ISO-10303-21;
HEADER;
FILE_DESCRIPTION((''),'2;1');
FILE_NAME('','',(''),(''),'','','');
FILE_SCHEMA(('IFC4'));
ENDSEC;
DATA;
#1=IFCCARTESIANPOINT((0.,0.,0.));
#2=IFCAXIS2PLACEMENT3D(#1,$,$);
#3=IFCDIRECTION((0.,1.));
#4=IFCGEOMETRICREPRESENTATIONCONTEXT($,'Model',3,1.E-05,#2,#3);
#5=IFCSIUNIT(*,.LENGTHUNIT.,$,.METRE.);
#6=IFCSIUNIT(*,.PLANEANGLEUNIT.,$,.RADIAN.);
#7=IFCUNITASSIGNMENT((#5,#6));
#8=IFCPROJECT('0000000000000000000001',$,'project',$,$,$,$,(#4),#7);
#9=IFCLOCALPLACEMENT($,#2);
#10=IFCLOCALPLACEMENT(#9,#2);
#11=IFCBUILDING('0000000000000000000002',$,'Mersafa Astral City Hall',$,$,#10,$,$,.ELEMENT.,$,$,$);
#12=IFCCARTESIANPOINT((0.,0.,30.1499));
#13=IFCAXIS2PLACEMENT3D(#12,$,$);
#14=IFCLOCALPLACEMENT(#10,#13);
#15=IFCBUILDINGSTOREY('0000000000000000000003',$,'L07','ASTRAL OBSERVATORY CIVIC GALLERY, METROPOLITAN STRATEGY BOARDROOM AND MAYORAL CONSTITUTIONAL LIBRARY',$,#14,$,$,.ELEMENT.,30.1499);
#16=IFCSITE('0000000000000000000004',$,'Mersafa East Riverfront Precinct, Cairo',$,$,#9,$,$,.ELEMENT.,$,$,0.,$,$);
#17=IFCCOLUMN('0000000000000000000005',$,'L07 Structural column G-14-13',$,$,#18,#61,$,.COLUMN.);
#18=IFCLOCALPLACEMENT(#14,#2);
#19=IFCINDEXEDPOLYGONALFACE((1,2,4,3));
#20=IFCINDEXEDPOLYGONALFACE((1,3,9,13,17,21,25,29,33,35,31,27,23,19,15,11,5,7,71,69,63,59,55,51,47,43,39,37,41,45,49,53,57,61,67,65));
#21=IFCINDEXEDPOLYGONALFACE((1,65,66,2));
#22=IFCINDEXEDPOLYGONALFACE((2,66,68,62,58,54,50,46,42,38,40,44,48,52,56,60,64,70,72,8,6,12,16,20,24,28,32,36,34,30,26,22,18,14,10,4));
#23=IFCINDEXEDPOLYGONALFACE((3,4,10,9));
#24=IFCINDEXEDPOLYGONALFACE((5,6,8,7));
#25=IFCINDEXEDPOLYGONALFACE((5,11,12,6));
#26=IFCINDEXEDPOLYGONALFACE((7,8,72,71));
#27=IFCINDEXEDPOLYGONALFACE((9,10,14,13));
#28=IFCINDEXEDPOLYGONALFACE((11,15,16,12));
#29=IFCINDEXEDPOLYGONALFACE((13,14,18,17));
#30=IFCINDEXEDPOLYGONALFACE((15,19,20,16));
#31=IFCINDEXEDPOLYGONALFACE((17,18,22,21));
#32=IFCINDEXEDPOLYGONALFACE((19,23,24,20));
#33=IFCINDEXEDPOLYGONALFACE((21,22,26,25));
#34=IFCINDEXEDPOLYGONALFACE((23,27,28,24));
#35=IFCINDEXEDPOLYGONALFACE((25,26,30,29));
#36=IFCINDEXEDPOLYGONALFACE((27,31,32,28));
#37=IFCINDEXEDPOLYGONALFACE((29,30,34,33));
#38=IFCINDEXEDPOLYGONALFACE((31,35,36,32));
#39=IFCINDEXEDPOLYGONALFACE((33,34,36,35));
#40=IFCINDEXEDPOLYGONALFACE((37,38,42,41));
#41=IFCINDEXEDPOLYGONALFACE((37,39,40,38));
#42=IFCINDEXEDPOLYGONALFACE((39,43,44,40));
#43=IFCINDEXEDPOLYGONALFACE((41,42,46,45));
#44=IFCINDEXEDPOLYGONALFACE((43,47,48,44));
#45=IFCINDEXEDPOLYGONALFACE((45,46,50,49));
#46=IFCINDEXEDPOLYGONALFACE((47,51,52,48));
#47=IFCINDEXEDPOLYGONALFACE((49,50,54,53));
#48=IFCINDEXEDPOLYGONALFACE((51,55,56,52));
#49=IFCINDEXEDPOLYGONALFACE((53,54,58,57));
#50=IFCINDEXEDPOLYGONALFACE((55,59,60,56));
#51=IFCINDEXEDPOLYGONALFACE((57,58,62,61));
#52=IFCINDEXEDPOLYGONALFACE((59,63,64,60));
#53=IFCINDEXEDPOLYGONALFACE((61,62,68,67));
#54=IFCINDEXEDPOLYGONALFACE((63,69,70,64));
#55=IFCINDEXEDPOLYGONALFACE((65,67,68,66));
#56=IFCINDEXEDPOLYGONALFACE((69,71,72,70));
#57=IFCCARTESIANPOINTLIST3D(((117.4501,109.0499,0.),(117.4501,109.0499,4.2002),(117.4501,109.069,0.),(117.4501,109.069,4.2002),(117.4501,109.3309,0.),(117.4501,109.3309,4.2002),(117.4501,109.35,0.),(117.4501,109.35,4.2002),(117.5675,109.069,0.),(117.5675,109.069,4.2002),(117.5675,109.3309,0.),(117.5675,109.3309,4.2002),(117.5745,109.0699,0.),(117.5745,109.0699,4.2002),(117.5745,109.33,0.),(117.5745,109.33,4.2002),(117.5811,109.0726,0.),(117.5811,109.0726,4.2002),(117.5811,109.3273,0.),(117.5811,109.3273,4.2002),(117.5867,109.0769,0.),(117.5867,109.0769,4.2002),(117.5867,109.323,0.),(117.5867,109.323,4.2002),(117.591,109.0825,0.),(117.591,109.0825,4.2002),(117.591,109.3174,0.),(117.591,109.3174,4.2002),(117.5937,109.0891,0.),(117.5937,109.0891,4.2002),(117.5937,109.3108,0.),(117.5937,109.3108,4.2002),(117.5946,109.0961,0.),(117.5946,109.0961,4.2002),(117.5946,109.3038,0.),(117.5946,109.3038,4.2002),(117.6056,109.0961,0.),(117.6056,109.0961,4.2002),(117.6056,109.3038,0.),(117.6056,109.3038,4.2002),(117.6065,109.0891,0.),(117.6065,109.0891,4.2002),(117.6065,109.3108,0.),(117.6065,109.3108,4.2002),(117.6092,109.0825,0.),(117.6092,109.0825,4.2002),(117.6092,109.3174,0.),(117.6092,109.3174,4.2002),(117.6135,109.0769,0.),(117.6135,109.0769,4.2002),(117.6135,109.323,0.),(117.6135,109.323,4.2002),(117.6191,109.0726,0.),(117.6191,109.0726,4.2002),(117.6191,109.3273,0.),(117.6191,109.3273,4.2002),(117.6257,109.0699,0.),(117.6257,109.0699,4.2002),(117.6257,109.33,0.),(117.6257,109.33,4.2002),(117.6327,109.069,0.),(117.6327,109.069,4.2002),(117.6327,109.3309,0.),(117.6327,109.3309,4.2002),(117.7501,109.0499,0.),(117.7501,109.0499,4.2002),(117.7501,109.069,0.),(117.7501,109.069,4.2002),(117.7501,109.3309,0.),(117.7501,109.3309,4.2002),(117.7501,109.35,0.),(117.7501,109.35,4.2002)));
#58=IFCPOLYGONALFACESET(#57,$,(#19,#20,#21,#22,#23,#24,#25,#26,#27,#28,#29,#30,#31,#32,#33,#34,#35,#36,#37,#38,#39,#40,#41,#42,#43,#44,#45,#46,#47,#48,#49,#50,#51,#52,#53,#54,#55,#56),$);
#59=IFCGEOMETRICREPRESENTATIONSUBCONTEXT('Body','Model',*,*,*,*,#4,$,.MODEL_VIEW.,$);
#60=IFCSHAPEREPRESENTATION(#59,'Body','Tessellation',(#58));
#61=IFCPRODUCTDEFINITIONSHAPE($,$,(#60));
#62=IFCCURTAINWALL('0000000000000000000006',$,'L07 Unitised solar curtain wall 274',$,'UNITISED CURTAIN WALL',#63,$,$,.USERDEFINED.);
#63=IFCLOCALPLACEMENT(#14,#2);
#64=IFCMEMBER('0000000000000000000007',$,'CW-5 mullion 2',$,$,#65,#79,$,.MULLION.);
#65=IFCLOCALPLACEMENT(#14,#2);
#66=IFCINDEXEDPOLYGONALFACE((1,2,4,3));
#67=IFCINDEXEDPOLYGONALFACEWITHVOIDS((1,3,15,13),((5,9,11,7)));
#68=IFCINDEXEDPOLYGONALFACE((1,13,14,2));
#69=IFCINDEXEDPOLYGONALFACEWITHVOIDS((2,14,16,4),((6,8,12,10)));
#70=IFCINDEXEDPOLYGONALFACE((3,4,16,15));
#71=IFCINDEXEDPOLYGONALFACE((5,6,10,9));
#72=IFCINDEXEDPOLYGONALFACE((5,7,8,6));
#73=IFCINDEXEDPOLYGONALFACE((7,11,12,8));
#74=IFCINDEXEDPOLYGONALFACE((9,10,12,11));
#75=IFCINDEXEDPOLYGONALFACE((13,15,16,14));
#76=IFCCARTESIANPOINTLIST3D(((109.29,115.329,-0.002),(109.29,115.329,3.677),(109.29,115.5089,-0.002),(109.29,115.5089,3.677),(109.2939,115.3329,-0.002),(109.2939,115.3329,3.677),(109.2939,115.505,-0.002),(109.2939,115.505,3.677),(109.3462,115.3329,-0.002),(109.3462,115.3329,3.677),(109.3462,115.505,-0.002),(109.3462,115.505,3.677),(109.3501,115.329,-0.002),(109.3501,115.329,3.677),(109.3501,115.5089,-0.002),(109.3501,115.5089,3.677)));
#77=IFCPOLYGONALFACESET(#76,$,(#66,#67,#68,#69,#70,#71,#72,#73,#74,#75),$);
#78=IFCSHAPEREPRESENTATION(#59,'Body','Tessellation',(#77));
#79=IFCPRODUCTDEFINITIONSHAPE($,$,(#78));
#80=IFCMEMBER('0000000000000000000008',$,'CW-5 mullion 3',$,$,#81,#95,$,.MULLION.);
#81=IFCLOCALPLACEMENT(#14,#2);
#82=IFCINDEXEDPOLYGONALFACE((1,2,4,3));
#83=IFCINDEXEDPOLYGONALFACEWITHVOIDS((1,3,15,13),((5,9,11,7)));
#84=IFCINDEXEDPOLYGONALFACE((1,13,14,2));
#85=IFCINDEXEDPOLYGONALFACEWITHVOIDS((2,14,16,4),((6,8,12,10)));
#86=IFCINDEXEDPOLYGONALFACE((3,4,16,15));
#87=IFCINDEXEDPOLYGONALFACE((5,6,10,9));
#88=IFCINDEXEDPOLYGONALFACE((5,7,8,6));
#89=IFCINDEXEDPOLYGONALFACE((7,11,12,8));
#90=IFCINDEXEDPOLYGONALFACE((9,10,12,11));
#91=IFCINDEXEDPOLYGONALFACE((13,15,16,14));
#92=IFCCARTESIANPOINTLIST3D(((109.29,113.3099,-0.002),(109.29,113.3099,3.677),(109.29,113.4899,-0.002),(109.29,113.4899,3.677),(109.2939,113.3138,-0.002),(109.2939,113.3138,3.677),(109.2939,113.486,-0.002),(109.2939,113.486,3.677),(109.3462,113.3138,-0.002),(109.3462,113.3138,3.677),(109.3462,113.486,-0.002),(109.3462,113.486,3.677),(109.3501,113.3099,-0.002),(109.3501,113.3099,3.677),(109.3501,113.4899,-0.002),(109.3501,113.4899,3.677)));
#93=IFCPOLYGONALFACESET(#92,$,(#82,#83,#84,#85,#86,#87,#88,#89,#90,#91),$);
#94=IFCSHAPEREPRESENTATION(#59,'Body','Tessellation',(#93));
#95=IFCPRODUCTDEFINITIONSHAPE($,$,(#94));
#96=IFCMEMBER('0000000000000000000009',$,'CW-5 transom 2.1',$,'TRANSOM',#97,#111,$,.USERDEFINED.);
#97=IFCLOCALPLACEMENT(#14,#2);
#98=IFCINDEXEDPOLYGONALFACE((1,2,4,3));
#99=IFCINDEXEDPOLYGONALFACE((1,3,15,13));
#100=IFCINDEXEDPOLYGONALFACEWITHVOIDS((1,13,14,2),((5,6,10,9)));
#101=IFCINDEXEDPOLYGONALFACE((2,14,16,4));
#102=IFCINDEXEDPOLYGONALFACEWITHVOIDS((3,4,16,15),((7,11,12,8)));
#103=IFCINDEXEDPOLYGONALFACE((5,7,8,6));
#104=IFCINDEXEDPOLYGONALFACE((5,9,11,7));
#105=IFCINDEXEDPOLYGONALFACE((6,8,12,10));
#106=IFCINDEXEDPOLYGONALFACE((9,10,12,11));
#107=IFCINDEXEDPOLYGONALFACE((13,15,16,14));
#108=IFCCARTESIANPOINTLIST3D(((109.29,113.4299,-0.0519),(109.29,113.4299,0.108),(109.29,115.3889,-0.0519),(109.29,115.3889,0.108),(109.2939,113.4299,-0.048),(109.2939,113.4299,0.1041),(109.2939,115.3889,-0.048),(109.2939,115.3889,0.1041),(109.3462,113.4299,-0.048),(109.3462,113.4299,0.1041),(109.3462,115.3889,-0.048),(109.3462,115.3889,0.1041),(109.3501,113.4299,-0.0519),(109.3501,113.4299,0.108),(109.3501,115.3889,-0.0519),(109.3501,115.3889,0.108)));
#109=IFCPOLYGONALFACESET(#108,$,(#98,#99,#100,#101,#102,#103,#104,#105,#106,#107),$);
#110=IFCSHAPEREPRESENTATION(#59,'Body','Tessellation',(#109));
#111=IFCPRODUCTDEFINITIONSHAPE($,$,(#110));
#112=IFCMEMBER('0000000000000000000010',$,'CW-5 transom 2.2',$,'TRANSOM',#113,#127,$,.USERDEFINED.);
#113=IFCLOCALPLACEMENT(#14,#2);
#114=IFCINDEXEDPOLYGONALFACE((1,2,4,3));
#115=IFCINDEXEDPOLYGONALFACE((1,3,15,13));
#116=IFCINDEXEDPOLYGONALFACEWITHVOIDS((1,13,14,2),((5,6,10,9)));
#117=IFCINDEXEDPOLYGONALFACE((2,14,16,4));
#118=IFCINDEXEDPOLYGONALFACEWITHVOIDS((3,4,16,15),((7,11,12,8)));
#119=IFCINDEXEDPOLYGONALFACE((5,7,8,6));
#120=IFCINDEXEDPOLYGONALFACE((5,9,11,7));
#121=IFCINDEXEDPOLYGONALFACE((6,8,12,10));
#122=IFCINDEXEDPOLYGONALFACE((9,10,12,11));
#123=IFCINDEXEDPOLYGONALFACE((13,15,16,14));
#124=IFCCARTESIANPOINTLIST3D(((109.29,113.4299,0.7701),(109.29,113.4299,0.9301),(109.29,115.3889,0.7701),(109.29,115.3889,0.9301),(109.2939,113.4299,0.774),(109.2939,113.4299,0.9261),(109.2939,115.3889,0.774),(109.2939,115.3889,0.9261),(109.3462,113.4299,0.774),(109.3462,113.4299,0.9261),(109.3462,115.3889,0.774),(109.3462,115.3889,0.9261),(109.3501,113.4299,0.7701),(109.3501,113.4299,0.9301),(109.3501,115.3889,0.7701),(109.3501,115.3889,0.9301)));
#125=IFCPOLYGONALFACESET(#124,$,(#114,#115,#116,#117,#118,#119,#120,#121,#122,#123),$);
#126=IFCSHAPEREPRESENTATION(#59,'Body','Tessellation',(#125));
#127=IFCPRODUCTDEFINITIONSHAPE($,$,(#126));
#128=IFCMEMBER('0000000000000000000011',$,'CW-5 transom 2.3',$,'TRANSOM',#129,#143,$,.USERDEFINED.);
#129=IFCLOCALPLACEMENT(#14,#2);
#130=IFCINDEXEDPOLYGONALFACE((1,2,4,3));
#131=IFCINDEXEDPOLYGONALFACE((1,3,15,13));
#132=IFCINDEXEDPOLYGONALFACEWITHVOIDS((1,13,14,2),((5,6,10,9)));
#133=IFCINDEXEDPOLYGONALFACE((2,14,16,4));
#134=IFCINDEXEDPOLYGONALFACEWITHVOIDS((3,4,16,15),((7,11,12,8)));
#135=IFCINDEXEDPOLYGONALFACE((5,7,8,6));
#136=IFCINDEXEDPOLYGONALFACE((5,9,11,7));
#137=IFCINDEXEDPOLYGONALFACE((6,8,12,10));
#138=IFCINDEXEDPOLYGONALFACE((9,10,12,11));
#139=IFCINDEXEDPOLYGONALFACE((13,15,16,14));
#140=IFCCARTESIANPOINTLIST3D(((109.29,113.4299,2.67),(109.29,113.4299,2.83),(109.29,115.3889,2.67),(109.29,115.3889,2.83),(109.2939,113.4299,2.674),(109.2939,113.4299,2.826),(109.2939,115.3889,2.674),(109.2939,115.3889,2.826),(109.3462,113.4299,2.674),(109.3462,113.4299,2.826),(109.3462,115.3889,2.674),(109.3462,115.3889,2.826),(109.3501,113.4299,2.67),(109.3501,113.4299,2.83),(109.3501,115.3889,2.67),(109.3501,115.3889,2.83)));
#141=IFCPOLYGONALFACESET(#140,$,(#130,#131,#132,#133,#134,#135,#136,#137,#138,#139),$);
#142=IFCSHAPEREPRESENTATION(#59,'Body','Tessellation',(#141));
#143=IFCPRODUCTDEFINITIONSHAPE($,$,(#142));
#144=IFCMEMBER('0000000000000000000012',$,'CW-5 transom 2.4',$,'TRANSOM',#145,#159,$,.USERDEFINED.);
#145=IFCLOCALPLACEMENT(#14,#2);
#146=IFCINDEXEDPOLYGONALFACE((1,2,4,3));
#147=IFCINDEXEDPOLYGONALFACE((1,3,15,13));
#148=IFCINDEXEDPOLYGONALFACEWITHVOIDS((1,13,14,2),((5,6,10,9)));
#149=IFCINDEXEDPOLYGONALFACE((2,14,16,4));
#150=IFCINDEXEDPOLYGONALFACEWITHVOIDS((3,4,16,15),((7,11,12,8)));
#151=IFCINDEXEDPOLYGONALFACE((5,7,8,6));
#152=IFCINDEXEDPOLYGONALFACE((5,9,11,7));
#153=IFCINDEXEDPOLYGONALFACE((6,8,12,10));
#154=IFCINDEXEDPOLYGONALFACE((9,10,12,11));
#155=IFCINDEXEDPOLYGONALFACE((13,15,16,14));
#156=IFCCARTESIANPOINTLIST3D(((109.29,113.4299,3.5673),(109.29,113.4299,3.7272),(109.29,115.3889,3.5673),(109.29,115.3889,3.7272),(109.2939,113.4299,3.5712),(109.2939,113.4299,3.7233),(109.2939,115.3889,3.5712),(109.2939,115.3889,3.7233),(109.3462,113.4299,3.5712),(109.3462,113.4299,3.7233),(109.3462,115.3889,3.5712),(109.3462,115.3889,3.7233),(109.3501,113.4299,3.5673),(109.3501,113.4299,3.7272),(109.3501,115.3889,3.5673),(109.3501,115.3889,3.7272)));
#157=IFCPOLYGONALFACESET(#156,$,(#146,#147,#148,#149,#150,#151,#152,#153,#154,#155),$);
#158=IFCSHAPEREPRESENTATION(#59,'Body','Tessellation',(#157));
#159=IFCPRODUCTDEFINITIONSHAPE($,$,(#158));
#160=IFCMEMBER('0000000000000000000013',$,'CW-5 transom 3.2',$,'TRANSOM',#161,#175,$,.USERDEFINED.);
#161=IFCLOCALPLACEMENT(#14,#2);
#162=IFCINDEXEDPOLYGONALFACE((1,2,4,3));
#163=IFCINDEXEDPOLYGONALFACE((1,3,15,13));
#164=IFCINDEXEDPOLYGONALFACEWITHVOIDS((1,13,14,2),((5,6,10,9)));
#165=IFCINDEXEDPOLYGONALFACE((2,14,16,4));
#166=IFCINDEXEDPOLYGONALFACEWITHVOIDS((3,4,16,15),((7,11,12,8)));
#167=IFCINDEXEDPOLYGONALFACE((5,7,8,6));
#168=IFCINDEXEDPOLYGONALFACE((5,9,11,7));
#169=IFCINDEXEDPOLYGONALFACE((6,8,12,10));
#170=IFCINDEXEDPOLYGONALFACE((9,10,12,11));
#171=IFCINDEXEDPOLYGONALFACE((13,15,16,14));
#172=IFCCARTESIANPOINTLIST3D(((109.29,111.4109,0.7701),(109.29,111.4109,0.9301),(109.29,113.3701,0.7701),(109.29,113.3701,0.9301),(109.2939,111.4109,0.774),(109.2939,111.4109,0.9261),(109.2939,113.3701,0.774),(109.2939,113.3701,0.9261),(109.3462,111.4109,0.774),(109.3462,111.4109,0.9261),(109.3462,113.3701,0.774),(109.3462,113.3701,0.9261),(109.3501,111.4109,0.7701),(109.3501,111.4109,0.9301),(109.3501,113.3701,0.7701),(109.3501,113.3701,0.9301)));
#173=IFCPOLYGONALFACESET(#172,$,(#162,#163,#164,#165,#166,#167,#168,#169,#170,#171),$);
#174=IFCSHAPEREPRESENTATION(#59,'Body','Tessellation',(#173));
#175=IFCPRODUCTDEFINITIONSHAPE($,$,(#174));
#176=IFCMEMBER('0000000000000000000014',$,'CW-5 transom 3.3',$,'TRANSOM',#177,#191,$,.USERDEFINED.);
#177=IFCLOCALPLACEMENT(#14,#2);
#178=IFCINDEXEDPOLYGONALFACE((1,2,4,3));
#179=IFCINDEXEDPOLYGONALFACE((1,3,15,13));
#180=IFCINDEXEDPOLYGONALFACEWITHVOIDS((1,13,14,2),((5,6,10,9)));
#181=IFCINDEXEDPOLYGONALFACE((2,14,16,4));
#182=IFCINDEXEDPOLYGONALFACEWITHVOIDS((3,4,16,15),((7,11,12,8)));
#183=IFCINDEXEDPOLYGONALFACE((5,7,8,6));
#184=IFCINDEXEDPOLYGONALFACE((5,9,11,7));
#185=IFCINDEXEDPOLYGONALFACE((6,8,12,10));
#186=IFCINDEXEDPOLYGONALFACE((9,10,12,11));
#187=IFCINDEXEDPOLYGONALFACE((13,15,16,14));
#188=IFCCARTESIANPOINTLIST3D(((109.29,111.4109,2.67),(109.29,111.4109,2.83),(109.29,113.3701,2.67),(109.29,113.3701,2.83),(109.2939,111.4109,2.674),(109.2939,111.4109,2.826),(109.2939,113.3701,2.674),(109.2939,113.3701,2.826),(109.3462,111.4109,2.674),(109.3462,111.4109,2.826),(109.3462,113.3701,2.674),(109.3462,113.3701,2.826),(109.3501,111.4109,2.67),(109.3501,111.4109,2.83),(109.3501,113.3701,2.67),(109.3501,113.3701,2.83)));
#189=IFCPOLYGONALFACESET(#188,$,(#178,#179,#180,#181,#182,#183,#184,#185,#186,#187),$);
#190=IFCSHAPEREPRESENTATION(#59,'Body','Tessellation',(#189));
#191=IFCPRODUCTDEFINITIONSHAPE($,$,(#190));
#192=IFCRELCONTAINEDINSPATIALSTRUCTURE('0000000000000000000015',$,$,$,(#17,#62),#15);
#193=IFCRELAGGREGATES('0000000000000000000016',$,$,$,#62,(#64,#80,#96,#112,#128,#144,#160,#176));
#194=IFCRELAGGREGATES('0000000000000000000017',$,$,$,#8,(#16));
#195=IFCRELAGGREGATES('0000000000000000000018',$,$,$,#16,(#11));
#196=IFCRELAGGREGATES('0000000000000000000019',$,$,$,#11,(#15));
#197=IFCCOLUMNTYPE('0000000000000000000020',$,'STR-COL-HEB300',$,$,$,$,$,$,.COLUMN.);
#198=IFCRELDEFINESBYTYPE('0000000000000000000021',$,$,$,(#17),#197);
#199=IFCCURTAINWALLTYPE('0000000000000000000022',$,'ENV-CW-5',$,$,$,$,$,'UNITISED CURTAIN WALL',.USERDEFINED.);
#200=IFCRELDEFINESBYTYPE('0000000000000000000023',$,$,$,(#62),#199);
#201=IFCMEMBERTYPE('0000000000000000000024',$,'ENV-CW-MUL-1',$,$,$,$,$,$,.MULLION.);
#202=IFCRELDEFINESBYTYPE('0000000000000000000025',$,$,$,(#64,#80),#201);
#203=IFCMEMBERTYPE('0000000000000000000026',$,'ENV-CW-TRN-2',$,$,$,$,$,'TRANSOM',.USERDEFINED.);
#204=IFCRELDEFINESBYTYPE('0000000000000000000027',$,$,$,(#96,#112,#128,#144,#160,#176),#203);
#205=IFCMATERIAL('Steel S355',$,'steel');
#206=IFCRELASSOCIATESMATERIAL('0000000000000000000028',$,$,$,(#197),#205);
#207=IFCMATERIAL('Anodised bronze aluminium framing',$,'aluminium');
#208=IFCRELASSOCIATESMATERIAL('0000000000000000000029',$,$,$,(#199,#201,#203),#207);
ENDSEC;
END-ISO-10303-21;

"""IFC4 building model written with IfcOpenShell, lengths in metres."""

from ifc_helpers import new_model, si_unit, direction, frame, origin, origin_2d, place, context, subcontext, project, spatial, hollow_rectangle, i_section, extrude, material, material_profile, profile_set, type_object, element, aggregate, save


model = new_model("IFC4")

# Units and contexts
model_context = context("Model", 3, precision=1e-05, world=origin(), true_north=direction((0.0, 1.0)))
body_context = subcontext(model_context, "Body", "Model", "MODEL_VIEW")
ifc_project = project(units=[si_unit("LENGTHUNIT", "METRE"), si_unit("PLANEANGLEUNIT", "RADIAN")], contexts=[model_context])

# Site, building, storey
site_placement = place(None, origin())
site = spatial("IfcSite", under=ifc_project, at=site_placement, Name="Mersafa East Riverfront Precinct, Cairo", CompositionType="ELEMENT", RefElevation=0.0)
building_placement = place(site_placement, origin())
building = spatial("IfcBuilding", under=site, at=building_placement, Name="Mersafa Astral City Hall", CompositionType="ELEMENT")
storey_placement = place(building_placement, frame((0.0, 0.0, 30.1499)))
storey = spatial("IfcBuildingStorey", under=building, at=storey_placement, Name="L07", Description="ASTRAL OBSERVATORY CIVIC GALLERY, METROPOLITAN STRATEGY BOARDROOM AND MAYORAL CONSTITUTIONAL LIBRARY", CompositionType="ELEMENT", Elevation=30.1499)

# Column
ifc_material_1 = material(Name="Steel S355", Category="steel")
ifc_material_profile_1 = material_profile(ifc_material_1, i_section(OverallWidth=0.3, OverallDepth=0.3, WebThickness=0.011, FlangeThickness=0.019, FilletRadius=0.0271, at=origin_2d()), Name="HEB 300")
ifc_profile_set_1 = profile_set([ifc_material_profile_1], Name="Steel S355")
column_type = type_object("IfcColumnType", Name="STR-COL-HEB300", PredefinedType="COLUMN", material=ifc_profile_set_1)
column_placement = place(storey_placement, frame((117.6001, 109.2, 0.0), z_axis=(0.0, 0.0, 1.0), x_axis=(1.0, 0.0, 0.0)))
element("IfcColumn", 1, at=column_placement, inside=storey, type_object=column_type, Name="L07 Structural column G-14-13", PredefinedType="COLUMN", context=body_context, shape_type="SweptSolid", body=[
    extrude(i_section(OverallWidth=0.3, OverallDepth=0.3, WebThickness=0.011, FlangeThickness=0.019, FilletRadius=0.0271, at=origin_2d()), origin(), (0.0, 0.0, 1.0), 4.2002),
])

# Curtain wall, members
ifc_material_2 = material(Name="Anodised bronze aluminium framing", Category="aluminium")
curtain_wall_type = type_object("IfcCurtainWallType", Name="ENV-CW-5", ElementType="UNITISED CURTAIN WALL", PredefinedType="USERDEFINED", material=ifc_material_2)
curtain_wall_placement = place(storey_placement, origin())
curtain_wall = element("IfcCurtainWall", 2, at=curtain_wall_placement, inside=storey, type_object=curtain_wall_type, Name="L07 Unitised solar curtain wall 274", ObjectType="UNITISED CURTAIN WALL", PredefinedType="USERDEFINED")
ifc_material_profile_2 = material_profile(ifc_material_2, hollow_rectangle(XDim=0.0601, YDim=0.1799, WallThickness=0.0039, at=origin_2d()), Name="RHS 60x180x4")
ifc_profile_set_2 = profile_set([ifc_material_profile_2], Name="Anodised bronze aluminium framing")
member_type_1 = type_object("IfcMemberType", Name="ENV-CW-MUL-1", PredefinedType="MULLION", material=ifc_profile_set_2)
member_1_placement = place(storey_placement, frame((109.3201, 115.4189, -0.002), z_axis=(0.0, 0.0, 1.0), x_axis=(1.0, 0.0, 0.0)))
member_1 = element("IfcMember", 3, at=member_1_placement, type_object=member_type_1, Name="CW-5 mullion 2", PredefinedType="MULLION", context=body_context, shape_type="SweptSolid", body=[
    extrude(hollow_rectangle(XDim=0.0601, YDim=0.1799, WallThickness=0.0039, at=origin_2d()), origin(), (0.0, 0.0, 1.0), 3.679),
])
member_2_placement = place(storey_placement, frame((109.3201, 113.3999, -0.002), z_axis=(0.0, 0.0, 1.0), x_axis=(1.0, 0.0, 0.0)))
member_2 = element("IfcMember", 4, at=member_2_placement, type_object=member_type_1, Name="CW-5 mullion 3", PredefinedType="MULLION", context=body_context, shape_type="SweptSolid", body=[
    extrude(hollow_rectangle(XDim=0.0601, YDim=0.1799, WallThickness=0.0039, at=origin_2d()), origin(), (0.0, 0.0, 1.0), 3.679),
])
ifc_material_profile_3 = material_profile(ifc_material_2, hollow_rectangle(XDim=0.0601, YDim=0.1599, WallThickness=0.0039, at=origin_2d()), Name="RHS 60x160x4")
ifc_profile_set_3 = profile_set([ifc_material_profile_3], Name="Anodised bronze aluminium framing")
member_type_2 = type_object("IfcMemberType", Name="ENV-CW-TRN-2", ElementType="TRANSOM", PredefinedType="USERDEFINED", material=ifc_profile_set_3)
member_3_placement = place(storey_placement, frame((109.3201, 115.3889, 0.0281), z_axis=(0.0, -1.0, 0.0), x_axis=(1.0, 0.0, 0.0)))
member_3 = element("IfcMember", 5, at=member_3_placement, type_object=member_type_2, Name="CW-5 transom 2.1", ObjectType="TRANSOM", PredefinedType="USERDEFINED", context=body_context, shape_type="SweptSolid", body=[
    extrude(hollow_rectangle(XDim=0.0601, YDim=0.1599, WallThickness=0.0039, at=origin_2d()), origin(), (0.0, 0.0, 1.0), 1.959),
])
member_4_placement = place(storey_placement, frame((109.3201, 115.3889, 0.8501), z_axis=(0.0, -1.0, 0.0), x_axis=(1.0, 0.0, 0.0)))
member_4 = element("IfcMember", 6, at=member_4_placement, type_object=member_type_2, Name="CW-5 transom 2.2", ObjectType="TRANSOM", PredefinedType="USERDEFINED", context=body_context, shape_type="SweptSolid", body=[
    extrude(hollow_rectangle(XDim=0.0601, YDim=0.1599, WallThickness=0.0039, at=origin_2d()), origin(), (0.0, 0.0, 1.0), 1.959),
])
member_5_placement = place(storey_placement, frame((109.3201, 115.3889, 2.75), z_axis=(0.0, -1.0, 0.0), x_axis=(1.0, 0.0, 0.0)))
member_5 = element("IfcMember", 7, at=member_5_placement, type_object=member_type_2, Name="CW-5 transom 2.3", ObjectType="TRANSOM", PredefinedType="USERDEFINED", context=body_context, shape_type="SweptSolid", body=[
    extrude(hollow_rectangle(XDim=0.0601, YDim=0.1599, WallThickness=0.0039, at=origin_2d()), origin(), (0.0, 0.0, 1.0), 1.959),
])
member_6_placement = place(storey_placement, frame((109.3201, 115.3889, 3.6472), z_axis=(0.0, -1.0, 0.0), x_axis=(1.0, 0.0, 0.0)))
member_6 = element("IfcMember", 8, at=member_6_placement, type_object=member_type_2, Name="CW-5 transom 2.4", ObjectType="TRANSOM", PredefinedType="USERDEFINED", context=body_context, shape_type="SweptSolid", body=[
    extrude(hollow_rectangle(XDim=0.0601, YDim=0.1599, WallThickness=0.0039, at=origin_2d()), origin(), (0.0, 0.0, 1.0), 1.959),
])
member_7_placement = place(storey_placement, frame((109.3201, 113.3701, 0.8501), z_axis=(0.0, -1.0, 0.0), x_axis=(1.0, 0.0, 0.0)))
member_7 = element("IfcMember", 9, at=member_7_placement, type_object=member_type_2, Name="CW-5 transom 3.2", ObjectType="TRANSOM", PredefinedType="USERDEFINED", context=body_context, shape_type="SweptSolid", body=[
    extrude(hollow_rectangle(XDim=0.0601, YDim=0.1599, WallThickness=0.0039, at=origin_2d()), origin(), (0.0, 0.0, 1.0), 1.9592),
])
member_8_placement = place(storey_placement, frame((109.3201, 113.3701, 2.75), z_axis=(0.0, -1.0, 0.0), x_axis=(1.0, 0.0, 0.0)))
member_8 = element("IfcMember", 10, at=member_8_placement, type_object=member_type_2, Name="CW-5 transom 3.3", ObjectType="TRANSOM", PredefinedType="USERDEFINED", context=body_context, shape_type="SweptSolid", body=[
    extrude(hollow_rectangle(XDim=0.0601, YDim=0.1599, WallThickness=0.0039, at=origin_2d()), origin(), (0.0, 0.0, 1.0), 1.9592),
])

aggregate(curtain_wall, [member_1, member_2, member_3, member_4, member_5, member_6, member_7, member_8])

save(model, "model.ifc")
